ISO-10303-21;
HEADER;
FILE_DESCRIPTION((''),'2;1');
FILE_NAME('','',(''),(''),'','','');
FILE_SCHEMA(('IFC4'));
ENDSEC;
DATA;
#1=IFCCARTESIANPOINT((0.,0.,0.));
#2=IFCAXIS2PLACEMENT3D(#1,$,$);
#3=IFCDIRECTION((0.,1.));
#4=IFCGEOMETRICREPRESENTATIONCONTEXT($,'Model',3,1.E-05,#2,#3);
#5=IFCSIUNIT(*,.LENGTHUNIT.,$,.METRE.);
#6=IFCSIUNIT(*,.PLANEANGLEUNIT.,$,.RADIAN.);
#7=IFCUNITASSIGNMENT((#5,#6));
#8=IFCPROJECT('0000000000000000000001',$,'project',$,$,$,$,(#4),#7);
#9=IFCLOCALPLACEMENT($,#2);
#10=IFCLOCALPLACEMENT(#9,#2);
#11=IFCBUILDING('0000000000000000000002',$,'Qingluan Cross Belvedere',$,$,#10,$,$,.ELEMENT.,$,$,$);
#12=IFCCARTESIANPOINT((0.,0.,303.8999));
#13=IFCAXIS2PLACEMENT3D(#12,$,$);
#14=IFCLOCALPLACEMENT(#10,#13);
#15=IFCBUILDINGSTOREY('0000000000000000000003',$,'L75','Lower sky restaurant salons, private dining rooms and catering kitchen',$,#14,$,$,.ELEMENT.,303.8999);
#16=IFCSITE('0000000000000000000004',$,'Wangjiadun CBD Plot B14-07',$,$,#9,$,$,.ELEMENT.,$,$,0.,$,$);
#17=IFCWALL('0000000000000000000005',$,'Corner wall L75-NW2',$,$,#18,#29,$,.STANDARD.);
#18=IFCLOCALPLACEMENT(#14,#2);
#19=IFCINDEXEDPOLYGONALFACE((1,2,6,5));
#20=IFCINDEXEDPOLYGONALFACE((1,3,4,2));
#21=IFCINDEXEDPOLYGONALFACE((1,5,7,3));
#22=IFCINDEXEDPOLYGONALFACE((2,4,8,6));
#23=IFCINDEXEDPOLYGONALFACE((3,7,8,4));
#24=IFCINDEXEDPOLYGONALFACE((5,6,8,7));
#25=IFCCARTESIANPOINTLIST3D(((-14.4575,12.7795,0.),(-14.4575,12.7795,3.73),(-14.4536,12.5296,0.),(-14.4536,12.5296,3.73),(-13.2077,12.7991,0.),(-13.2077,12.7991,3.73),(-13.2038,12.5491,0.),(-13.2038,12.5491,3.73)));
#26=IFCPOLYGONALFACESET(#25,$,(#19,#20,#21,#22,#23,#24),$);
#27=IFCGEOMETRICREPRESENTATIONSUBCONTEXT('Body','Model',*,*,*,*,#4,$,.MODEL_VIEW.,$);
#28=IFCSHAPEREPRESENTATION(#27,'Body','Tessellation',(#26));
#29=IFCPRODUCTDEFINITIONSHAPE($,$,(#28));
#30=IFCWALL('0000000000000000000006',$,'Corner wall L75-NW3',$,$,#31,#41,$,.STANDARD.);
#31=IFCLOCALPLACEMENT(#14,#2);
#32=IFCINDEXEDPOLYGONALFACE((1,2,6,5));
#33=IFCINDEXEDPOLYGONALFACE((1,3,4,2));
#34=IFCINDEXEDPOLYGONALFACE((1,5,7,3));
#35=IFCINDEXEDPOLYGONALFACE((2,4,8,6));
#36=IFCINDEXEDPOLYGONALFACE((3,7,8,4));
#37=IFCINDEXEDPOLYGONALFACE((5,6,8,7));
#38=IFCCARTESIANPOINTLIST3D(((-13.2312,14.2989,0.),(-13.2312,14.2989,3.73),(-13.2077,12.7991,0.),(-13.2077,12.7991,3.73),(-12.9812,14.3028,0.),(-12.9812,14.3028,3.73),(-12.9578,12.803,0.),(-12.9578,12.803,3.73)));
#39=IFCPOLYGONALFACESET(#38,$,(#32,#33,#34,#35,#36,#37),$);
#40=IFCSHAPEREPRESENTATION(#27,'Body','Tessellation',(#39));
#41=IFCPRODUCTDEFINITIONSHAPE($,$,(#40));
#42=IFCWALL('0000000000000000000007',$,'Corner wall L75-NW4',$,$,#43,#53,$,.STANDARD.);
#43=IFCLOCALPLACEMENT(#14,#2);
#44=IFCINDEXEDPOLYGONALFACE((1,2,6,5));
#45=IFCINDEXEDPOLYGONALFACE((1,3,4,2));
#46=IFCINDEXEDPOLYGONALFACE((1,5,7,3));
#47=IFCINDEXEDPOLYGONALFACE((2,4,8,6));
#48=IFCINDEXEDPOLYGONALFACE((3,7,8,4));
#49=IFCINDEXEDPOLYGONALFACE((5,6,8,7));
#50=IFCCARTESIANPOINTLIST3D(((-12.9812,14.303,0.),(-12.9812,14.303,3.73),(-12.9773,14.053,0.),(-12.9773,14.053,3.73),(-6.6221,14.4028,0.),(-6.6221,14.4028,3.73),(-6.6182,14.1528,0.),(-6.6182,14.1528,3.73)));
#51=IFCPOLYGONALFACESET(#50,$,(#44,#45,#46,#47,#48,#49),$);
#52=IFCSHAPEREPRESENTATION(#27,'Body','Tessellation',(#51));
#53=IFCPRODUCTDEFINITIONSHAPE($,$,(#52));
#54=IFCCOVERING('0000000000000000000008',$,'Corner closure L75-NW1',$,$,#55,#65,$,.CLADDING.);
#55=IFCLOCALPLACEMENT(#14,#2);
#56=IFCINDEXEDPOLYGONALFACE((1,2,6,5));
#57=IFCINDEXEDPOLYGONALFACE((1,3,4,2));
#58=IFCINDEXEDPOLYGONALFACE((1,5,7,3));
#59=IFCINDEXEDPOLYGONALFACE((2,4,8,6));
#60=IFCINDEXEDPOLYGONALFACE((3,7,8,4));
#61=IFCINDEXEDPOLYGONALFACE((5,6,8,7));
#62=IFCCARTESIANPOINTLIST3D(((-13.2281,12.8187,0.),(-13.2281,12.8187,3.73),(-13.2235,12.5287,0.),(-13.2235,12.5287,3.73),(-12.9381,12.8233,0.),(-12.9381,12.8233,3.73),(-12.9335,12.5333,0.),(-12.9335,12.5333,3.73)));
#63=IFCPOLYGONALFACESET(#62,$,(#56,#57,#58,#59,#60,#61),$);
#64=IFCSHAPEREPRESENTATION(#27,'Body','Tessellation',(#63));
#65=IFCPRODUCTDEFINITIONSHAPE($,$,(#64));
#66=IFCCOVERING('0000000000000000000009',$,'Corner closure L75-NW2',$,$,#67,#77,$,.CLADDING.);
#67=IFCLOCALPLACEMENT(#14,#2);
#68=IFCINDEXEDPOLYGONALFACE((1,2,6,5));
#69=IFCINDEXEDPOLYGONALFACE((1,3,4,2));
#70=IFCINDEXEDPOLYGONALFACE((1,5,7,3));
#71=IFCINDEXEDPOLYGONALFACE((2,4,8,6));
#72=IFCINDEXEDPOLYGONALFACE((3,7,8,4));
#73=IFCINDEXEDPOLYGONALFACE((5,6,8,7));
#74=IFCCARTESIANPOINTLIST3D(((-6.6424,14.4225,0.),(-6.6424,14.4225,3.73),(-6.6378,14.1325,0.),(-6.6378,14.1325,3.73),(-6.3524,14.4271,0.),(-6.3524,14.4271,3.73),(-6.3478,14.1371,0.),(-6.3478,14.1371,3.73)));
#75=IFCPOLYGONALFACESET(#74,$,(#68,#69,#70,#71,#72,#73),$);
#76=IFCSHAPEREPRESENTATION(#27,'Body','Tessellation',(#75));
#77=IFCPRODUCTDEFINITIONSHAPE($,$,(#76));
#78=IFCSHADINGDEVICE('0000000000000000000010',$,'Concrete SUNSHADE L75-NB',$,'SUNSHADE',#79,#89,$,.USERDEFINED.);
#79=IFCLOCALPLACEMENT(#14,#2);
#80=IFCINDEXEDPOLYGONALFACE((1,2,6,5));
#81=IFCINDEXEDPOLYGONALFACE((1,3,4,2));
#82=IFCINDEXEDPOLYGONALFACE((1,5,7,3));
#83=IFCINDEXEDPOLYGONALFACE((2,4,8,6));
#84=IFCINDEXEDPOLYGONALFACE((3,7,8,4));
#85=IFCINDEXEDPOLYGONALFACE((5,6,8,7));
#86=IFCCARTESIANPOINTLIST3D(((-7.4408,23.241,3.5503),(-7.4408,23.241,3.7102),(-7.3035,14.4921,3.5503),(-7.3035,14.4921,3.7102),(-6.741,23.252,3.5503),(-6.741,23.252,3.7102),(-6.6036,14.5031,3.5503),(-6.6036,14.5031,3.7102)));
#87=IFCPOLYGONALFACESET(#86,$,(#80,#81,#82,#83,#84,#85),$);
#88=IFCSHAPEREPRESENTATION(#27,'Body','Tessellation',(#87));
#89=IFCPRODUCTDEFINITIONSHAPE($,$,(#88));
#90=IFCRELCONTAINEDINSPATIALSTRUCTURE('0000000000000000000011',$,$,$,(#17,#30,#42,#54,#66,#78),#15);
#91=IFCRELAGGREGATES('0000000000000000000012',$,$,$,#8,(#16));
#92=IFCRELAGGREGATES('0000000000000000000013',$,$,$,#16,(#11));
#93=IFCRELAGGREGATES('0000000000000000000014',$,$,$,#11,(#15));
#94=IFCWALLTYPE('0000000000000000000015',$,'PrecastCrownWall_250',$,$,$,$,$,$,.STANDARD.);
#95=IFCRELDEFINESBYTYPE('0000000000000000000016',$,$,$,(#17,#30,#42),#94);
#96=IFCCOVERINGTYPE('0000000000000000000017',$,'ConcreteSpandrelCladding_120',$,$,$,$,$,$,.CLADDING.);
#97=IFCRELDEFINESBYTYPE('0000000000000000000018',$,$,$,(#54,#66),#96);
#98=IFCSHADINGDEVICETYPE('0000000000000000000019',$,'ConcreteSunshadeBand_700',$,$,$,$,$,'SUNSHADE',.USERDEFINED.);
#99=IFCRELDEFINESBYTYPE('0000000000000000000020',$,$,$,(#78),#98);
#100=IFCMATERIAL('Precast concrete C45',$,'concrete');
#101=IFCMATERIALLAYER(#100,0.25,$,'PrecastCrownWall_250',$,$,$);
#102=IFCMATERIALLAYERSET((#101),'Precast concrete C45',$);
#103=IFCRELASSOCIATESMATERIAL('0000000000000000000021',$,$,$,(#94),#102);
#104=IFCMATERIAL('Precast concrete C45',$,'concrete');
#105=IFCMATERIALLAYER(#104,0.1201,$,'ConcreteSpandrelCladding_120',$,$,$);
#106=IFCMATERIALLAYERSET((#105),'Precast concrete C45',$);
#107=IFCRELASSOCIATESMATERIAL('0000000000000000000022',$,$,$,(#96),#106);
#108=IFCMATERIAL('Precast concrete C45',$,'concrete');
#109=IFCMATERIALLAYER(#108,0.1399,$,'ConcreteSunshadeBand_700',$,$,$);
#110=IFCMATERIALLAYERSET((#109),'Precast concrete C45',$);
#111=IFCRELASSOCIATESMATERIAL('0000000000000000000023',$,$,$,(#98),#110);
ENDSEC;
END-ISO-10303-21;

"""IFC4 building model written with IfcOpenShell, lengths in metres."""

from ifc_helpers import new_model, si_unit, direction, frame, frame_2d, origin, origin_2d, place, context, subcontext, project, spatial, rectangle, extrude, material, layer, layer_set, type_object, element, save


model = new_model("IFC4")

# Units and contexts
model_context = context("Model", 3, precision=1e-05, world=origin(), true_north=direction((0.0, 1.0)))
body_context = subcontext(model_context, "Body", "Model", "MODEL_VIEW")
ifc_project = project(units=[si_unit("LENGTHUNIT", "METRE"), si_unit("PLANEANGLEUNIT", "RADIAN")], contexts=[model_context])

# Site, building, storey
site_placement = place(None, origin())
site = spatial("IfcSite", under=ifc_project, at=site_placement, Name="Wangjiadun CBD Plot B14-07", CompositionType="ELEMENT", RefElevation=0.0)
building_placement = place(site_placement, origin())
building = spatial("IfcBuilding", under=site, at=building_placement, Name="Qingluan Cross Belvedere", CompositionType="ELEMENT")
storey_placement = place(building_placement, frame((0.0, 0.0, 303.8999)))
storey = spatial("IfcBuildingStorey", under=building, at=storey_placement, Name="L75", Description="Lower sky restaurant salons, private dining rooms and catering kitchen", CompositionType="ELEMENT", Elevation=303.8999)

# Shared definitions
ifc_material_1 = material(Name="Precast concrete C45", Category="concrete")
ifc_layer_1 = layer(ifc_material_1, 0.25, Name="PrecastCrownWall_250")
ifc_layer_set_1 = layer_set([ifc_layer_1], Name="Precast concrete C45")
wall_type_1 = type_object("IfcWallType", Name="PrecastCrownWall_250", PredefinedType="STANDARD", material=ifc_layer_set_1)

# Walls
wall_1_placement = place(storey_placement, frame((-14.4556, 12.6545, 0.0), z_axis=(0.0, 0.0, 1.0), x_axis=(0.999878, 0.015626, 0.0)))
element("IfcWall", 1, at=wall_1_placement, inside=storey, type_object=wall_type_1, Name="Corner wall L75-NW2", PredefinedType="STANDARD", context=body_context, shape_type="SweptSolid", body=[
    extrude(rectangle(XDim=1.25, YDim=0.25, at=frame_2d((0.625, 0.0))), origin(), (0.0, 0.0, 1.0), 3.73),
])
wall_2_placement = place(storey_placement, frame((-13.0828, 12.801, 0.0), z_axis=(0.0, 0.0, 1.0), x_axis=(-0.015626, 0.999878, 0.0)))
element("IfcWall", 2, at=wall_2_placement, inside=storey, type_object=wall_type_1, Name="Corner wall L75-NW3", PredefinedType="STANDARD", context=body_context, shape_type="SweptSolid", body=[
    extrude(rectangle(XDim=1.5, YDim=0.25, at=frame_2d((0.75, 0.0))), origin(), (0.0, 0.0, 1.0), 3.73),
])
wall_3_placement = place(storey_placement, frame((-12.9792, 14.178, 0.0), z_axis=(0.0, 0.0, 1.0), x_axis=(0.999877, 0.0157, 0.0)))
element("IfcWall", 3, at=wall_3_placement, inside=storey, type_object=wall_type_1, Name="Corner wall L75-NW4", PredefinedType="STANDARD", context=body_context, shape_type="SweptSolid", body=[
    extrude(rectangle(XDim=6.3599, YDim=0.25, at=frame_2d((3.1799, 0.0))), origin(), (0.0, 0.0, 1.0), 3.73),
])

# Coverings
ifc_material_2 = material(Name="Precast concrete C45", Category="concrete")
ifc_layer_2 = layer(ifc_material_2, 0.1201, Name="ConcreteSpandrelCladding_120")
ifc_layer_set_2 = layer_set([ifc_layer_2], Name="Precast concrete C45")
covering_type_1 = type_object("IfcCoveringType", Name="ConcreteSpandrelCladding_120", PredefinedType="CLADDING", material=ifc_layer_set_2)
for number, where, z_axis, x_axis, name in (
    (4, (-13.0808, 12.676, 0.0), (0.0, 0.0, 1.0), (0.999877, 0.015707, 0.0), "Corner closure L75-NW1"),
    (5, (-6.4951, 14.2798, 0.0), (0.0, 0.0, 1.0), (0.999877, 0.015707, 0.0), "Corner closure L75-NW2"),
):
    element("IfcCovering", number, at=place(storey_placement, frame(where, z_axis=z_axis, x_axis=x_axis)), inside=storey, type_object=covering_type_1, Name=name, PredefinedType="CLADDING", context=body_context, shape_type="SweptSolid", body=[
        extrude(rectangle(XDim=0.29, YDim=0.29, at=origin_2d()), origin(), (0.0, 0.0, 1.0), 3.73),
    ])

# Shading device
ifc_material_3 = material(Name="Precast concrete C45", Category="concrete")
ifc_layer_3 = layer(ifc_material_3, 0.1399, Name="ConcreteSunshadeBand_700")
ifc_layer_set_3 = layer_set([ifc_layer_3], Name="Precast concrete C45")
shading_device_type = type_object("IfcShadingDeviceType", Name="ConcreteSunshadeBand_700", ElementType="SUNSHADE", PredefinedType="USERDEFINED", material=ifc_layer_set_3)
shading_device_placement = place(storey_placement, frame((-7.0222, 18.8721, 3.5503), z_axis=(0.0, 0.0, 1.0), x_axis=(0.015698, -0.999877, 0.0)))
element("IfcShadingDevice", 6, at=shading_device_placement, inside=storey, type_object=shading_device_type, Name="Concrete SUNSHADE L75-NB", ObjectType="SUNSHADE", PredefinedType="USERDEFINED", context=body_context, shape_type="SweptSolid", body=[
    extrude(rectangle(XDim=8.75, YDim=0.7, at=origin_2d()), origin(), (0.0, 0.0, 1.0), 0.1599),
])

save(model, "model.ifc")
